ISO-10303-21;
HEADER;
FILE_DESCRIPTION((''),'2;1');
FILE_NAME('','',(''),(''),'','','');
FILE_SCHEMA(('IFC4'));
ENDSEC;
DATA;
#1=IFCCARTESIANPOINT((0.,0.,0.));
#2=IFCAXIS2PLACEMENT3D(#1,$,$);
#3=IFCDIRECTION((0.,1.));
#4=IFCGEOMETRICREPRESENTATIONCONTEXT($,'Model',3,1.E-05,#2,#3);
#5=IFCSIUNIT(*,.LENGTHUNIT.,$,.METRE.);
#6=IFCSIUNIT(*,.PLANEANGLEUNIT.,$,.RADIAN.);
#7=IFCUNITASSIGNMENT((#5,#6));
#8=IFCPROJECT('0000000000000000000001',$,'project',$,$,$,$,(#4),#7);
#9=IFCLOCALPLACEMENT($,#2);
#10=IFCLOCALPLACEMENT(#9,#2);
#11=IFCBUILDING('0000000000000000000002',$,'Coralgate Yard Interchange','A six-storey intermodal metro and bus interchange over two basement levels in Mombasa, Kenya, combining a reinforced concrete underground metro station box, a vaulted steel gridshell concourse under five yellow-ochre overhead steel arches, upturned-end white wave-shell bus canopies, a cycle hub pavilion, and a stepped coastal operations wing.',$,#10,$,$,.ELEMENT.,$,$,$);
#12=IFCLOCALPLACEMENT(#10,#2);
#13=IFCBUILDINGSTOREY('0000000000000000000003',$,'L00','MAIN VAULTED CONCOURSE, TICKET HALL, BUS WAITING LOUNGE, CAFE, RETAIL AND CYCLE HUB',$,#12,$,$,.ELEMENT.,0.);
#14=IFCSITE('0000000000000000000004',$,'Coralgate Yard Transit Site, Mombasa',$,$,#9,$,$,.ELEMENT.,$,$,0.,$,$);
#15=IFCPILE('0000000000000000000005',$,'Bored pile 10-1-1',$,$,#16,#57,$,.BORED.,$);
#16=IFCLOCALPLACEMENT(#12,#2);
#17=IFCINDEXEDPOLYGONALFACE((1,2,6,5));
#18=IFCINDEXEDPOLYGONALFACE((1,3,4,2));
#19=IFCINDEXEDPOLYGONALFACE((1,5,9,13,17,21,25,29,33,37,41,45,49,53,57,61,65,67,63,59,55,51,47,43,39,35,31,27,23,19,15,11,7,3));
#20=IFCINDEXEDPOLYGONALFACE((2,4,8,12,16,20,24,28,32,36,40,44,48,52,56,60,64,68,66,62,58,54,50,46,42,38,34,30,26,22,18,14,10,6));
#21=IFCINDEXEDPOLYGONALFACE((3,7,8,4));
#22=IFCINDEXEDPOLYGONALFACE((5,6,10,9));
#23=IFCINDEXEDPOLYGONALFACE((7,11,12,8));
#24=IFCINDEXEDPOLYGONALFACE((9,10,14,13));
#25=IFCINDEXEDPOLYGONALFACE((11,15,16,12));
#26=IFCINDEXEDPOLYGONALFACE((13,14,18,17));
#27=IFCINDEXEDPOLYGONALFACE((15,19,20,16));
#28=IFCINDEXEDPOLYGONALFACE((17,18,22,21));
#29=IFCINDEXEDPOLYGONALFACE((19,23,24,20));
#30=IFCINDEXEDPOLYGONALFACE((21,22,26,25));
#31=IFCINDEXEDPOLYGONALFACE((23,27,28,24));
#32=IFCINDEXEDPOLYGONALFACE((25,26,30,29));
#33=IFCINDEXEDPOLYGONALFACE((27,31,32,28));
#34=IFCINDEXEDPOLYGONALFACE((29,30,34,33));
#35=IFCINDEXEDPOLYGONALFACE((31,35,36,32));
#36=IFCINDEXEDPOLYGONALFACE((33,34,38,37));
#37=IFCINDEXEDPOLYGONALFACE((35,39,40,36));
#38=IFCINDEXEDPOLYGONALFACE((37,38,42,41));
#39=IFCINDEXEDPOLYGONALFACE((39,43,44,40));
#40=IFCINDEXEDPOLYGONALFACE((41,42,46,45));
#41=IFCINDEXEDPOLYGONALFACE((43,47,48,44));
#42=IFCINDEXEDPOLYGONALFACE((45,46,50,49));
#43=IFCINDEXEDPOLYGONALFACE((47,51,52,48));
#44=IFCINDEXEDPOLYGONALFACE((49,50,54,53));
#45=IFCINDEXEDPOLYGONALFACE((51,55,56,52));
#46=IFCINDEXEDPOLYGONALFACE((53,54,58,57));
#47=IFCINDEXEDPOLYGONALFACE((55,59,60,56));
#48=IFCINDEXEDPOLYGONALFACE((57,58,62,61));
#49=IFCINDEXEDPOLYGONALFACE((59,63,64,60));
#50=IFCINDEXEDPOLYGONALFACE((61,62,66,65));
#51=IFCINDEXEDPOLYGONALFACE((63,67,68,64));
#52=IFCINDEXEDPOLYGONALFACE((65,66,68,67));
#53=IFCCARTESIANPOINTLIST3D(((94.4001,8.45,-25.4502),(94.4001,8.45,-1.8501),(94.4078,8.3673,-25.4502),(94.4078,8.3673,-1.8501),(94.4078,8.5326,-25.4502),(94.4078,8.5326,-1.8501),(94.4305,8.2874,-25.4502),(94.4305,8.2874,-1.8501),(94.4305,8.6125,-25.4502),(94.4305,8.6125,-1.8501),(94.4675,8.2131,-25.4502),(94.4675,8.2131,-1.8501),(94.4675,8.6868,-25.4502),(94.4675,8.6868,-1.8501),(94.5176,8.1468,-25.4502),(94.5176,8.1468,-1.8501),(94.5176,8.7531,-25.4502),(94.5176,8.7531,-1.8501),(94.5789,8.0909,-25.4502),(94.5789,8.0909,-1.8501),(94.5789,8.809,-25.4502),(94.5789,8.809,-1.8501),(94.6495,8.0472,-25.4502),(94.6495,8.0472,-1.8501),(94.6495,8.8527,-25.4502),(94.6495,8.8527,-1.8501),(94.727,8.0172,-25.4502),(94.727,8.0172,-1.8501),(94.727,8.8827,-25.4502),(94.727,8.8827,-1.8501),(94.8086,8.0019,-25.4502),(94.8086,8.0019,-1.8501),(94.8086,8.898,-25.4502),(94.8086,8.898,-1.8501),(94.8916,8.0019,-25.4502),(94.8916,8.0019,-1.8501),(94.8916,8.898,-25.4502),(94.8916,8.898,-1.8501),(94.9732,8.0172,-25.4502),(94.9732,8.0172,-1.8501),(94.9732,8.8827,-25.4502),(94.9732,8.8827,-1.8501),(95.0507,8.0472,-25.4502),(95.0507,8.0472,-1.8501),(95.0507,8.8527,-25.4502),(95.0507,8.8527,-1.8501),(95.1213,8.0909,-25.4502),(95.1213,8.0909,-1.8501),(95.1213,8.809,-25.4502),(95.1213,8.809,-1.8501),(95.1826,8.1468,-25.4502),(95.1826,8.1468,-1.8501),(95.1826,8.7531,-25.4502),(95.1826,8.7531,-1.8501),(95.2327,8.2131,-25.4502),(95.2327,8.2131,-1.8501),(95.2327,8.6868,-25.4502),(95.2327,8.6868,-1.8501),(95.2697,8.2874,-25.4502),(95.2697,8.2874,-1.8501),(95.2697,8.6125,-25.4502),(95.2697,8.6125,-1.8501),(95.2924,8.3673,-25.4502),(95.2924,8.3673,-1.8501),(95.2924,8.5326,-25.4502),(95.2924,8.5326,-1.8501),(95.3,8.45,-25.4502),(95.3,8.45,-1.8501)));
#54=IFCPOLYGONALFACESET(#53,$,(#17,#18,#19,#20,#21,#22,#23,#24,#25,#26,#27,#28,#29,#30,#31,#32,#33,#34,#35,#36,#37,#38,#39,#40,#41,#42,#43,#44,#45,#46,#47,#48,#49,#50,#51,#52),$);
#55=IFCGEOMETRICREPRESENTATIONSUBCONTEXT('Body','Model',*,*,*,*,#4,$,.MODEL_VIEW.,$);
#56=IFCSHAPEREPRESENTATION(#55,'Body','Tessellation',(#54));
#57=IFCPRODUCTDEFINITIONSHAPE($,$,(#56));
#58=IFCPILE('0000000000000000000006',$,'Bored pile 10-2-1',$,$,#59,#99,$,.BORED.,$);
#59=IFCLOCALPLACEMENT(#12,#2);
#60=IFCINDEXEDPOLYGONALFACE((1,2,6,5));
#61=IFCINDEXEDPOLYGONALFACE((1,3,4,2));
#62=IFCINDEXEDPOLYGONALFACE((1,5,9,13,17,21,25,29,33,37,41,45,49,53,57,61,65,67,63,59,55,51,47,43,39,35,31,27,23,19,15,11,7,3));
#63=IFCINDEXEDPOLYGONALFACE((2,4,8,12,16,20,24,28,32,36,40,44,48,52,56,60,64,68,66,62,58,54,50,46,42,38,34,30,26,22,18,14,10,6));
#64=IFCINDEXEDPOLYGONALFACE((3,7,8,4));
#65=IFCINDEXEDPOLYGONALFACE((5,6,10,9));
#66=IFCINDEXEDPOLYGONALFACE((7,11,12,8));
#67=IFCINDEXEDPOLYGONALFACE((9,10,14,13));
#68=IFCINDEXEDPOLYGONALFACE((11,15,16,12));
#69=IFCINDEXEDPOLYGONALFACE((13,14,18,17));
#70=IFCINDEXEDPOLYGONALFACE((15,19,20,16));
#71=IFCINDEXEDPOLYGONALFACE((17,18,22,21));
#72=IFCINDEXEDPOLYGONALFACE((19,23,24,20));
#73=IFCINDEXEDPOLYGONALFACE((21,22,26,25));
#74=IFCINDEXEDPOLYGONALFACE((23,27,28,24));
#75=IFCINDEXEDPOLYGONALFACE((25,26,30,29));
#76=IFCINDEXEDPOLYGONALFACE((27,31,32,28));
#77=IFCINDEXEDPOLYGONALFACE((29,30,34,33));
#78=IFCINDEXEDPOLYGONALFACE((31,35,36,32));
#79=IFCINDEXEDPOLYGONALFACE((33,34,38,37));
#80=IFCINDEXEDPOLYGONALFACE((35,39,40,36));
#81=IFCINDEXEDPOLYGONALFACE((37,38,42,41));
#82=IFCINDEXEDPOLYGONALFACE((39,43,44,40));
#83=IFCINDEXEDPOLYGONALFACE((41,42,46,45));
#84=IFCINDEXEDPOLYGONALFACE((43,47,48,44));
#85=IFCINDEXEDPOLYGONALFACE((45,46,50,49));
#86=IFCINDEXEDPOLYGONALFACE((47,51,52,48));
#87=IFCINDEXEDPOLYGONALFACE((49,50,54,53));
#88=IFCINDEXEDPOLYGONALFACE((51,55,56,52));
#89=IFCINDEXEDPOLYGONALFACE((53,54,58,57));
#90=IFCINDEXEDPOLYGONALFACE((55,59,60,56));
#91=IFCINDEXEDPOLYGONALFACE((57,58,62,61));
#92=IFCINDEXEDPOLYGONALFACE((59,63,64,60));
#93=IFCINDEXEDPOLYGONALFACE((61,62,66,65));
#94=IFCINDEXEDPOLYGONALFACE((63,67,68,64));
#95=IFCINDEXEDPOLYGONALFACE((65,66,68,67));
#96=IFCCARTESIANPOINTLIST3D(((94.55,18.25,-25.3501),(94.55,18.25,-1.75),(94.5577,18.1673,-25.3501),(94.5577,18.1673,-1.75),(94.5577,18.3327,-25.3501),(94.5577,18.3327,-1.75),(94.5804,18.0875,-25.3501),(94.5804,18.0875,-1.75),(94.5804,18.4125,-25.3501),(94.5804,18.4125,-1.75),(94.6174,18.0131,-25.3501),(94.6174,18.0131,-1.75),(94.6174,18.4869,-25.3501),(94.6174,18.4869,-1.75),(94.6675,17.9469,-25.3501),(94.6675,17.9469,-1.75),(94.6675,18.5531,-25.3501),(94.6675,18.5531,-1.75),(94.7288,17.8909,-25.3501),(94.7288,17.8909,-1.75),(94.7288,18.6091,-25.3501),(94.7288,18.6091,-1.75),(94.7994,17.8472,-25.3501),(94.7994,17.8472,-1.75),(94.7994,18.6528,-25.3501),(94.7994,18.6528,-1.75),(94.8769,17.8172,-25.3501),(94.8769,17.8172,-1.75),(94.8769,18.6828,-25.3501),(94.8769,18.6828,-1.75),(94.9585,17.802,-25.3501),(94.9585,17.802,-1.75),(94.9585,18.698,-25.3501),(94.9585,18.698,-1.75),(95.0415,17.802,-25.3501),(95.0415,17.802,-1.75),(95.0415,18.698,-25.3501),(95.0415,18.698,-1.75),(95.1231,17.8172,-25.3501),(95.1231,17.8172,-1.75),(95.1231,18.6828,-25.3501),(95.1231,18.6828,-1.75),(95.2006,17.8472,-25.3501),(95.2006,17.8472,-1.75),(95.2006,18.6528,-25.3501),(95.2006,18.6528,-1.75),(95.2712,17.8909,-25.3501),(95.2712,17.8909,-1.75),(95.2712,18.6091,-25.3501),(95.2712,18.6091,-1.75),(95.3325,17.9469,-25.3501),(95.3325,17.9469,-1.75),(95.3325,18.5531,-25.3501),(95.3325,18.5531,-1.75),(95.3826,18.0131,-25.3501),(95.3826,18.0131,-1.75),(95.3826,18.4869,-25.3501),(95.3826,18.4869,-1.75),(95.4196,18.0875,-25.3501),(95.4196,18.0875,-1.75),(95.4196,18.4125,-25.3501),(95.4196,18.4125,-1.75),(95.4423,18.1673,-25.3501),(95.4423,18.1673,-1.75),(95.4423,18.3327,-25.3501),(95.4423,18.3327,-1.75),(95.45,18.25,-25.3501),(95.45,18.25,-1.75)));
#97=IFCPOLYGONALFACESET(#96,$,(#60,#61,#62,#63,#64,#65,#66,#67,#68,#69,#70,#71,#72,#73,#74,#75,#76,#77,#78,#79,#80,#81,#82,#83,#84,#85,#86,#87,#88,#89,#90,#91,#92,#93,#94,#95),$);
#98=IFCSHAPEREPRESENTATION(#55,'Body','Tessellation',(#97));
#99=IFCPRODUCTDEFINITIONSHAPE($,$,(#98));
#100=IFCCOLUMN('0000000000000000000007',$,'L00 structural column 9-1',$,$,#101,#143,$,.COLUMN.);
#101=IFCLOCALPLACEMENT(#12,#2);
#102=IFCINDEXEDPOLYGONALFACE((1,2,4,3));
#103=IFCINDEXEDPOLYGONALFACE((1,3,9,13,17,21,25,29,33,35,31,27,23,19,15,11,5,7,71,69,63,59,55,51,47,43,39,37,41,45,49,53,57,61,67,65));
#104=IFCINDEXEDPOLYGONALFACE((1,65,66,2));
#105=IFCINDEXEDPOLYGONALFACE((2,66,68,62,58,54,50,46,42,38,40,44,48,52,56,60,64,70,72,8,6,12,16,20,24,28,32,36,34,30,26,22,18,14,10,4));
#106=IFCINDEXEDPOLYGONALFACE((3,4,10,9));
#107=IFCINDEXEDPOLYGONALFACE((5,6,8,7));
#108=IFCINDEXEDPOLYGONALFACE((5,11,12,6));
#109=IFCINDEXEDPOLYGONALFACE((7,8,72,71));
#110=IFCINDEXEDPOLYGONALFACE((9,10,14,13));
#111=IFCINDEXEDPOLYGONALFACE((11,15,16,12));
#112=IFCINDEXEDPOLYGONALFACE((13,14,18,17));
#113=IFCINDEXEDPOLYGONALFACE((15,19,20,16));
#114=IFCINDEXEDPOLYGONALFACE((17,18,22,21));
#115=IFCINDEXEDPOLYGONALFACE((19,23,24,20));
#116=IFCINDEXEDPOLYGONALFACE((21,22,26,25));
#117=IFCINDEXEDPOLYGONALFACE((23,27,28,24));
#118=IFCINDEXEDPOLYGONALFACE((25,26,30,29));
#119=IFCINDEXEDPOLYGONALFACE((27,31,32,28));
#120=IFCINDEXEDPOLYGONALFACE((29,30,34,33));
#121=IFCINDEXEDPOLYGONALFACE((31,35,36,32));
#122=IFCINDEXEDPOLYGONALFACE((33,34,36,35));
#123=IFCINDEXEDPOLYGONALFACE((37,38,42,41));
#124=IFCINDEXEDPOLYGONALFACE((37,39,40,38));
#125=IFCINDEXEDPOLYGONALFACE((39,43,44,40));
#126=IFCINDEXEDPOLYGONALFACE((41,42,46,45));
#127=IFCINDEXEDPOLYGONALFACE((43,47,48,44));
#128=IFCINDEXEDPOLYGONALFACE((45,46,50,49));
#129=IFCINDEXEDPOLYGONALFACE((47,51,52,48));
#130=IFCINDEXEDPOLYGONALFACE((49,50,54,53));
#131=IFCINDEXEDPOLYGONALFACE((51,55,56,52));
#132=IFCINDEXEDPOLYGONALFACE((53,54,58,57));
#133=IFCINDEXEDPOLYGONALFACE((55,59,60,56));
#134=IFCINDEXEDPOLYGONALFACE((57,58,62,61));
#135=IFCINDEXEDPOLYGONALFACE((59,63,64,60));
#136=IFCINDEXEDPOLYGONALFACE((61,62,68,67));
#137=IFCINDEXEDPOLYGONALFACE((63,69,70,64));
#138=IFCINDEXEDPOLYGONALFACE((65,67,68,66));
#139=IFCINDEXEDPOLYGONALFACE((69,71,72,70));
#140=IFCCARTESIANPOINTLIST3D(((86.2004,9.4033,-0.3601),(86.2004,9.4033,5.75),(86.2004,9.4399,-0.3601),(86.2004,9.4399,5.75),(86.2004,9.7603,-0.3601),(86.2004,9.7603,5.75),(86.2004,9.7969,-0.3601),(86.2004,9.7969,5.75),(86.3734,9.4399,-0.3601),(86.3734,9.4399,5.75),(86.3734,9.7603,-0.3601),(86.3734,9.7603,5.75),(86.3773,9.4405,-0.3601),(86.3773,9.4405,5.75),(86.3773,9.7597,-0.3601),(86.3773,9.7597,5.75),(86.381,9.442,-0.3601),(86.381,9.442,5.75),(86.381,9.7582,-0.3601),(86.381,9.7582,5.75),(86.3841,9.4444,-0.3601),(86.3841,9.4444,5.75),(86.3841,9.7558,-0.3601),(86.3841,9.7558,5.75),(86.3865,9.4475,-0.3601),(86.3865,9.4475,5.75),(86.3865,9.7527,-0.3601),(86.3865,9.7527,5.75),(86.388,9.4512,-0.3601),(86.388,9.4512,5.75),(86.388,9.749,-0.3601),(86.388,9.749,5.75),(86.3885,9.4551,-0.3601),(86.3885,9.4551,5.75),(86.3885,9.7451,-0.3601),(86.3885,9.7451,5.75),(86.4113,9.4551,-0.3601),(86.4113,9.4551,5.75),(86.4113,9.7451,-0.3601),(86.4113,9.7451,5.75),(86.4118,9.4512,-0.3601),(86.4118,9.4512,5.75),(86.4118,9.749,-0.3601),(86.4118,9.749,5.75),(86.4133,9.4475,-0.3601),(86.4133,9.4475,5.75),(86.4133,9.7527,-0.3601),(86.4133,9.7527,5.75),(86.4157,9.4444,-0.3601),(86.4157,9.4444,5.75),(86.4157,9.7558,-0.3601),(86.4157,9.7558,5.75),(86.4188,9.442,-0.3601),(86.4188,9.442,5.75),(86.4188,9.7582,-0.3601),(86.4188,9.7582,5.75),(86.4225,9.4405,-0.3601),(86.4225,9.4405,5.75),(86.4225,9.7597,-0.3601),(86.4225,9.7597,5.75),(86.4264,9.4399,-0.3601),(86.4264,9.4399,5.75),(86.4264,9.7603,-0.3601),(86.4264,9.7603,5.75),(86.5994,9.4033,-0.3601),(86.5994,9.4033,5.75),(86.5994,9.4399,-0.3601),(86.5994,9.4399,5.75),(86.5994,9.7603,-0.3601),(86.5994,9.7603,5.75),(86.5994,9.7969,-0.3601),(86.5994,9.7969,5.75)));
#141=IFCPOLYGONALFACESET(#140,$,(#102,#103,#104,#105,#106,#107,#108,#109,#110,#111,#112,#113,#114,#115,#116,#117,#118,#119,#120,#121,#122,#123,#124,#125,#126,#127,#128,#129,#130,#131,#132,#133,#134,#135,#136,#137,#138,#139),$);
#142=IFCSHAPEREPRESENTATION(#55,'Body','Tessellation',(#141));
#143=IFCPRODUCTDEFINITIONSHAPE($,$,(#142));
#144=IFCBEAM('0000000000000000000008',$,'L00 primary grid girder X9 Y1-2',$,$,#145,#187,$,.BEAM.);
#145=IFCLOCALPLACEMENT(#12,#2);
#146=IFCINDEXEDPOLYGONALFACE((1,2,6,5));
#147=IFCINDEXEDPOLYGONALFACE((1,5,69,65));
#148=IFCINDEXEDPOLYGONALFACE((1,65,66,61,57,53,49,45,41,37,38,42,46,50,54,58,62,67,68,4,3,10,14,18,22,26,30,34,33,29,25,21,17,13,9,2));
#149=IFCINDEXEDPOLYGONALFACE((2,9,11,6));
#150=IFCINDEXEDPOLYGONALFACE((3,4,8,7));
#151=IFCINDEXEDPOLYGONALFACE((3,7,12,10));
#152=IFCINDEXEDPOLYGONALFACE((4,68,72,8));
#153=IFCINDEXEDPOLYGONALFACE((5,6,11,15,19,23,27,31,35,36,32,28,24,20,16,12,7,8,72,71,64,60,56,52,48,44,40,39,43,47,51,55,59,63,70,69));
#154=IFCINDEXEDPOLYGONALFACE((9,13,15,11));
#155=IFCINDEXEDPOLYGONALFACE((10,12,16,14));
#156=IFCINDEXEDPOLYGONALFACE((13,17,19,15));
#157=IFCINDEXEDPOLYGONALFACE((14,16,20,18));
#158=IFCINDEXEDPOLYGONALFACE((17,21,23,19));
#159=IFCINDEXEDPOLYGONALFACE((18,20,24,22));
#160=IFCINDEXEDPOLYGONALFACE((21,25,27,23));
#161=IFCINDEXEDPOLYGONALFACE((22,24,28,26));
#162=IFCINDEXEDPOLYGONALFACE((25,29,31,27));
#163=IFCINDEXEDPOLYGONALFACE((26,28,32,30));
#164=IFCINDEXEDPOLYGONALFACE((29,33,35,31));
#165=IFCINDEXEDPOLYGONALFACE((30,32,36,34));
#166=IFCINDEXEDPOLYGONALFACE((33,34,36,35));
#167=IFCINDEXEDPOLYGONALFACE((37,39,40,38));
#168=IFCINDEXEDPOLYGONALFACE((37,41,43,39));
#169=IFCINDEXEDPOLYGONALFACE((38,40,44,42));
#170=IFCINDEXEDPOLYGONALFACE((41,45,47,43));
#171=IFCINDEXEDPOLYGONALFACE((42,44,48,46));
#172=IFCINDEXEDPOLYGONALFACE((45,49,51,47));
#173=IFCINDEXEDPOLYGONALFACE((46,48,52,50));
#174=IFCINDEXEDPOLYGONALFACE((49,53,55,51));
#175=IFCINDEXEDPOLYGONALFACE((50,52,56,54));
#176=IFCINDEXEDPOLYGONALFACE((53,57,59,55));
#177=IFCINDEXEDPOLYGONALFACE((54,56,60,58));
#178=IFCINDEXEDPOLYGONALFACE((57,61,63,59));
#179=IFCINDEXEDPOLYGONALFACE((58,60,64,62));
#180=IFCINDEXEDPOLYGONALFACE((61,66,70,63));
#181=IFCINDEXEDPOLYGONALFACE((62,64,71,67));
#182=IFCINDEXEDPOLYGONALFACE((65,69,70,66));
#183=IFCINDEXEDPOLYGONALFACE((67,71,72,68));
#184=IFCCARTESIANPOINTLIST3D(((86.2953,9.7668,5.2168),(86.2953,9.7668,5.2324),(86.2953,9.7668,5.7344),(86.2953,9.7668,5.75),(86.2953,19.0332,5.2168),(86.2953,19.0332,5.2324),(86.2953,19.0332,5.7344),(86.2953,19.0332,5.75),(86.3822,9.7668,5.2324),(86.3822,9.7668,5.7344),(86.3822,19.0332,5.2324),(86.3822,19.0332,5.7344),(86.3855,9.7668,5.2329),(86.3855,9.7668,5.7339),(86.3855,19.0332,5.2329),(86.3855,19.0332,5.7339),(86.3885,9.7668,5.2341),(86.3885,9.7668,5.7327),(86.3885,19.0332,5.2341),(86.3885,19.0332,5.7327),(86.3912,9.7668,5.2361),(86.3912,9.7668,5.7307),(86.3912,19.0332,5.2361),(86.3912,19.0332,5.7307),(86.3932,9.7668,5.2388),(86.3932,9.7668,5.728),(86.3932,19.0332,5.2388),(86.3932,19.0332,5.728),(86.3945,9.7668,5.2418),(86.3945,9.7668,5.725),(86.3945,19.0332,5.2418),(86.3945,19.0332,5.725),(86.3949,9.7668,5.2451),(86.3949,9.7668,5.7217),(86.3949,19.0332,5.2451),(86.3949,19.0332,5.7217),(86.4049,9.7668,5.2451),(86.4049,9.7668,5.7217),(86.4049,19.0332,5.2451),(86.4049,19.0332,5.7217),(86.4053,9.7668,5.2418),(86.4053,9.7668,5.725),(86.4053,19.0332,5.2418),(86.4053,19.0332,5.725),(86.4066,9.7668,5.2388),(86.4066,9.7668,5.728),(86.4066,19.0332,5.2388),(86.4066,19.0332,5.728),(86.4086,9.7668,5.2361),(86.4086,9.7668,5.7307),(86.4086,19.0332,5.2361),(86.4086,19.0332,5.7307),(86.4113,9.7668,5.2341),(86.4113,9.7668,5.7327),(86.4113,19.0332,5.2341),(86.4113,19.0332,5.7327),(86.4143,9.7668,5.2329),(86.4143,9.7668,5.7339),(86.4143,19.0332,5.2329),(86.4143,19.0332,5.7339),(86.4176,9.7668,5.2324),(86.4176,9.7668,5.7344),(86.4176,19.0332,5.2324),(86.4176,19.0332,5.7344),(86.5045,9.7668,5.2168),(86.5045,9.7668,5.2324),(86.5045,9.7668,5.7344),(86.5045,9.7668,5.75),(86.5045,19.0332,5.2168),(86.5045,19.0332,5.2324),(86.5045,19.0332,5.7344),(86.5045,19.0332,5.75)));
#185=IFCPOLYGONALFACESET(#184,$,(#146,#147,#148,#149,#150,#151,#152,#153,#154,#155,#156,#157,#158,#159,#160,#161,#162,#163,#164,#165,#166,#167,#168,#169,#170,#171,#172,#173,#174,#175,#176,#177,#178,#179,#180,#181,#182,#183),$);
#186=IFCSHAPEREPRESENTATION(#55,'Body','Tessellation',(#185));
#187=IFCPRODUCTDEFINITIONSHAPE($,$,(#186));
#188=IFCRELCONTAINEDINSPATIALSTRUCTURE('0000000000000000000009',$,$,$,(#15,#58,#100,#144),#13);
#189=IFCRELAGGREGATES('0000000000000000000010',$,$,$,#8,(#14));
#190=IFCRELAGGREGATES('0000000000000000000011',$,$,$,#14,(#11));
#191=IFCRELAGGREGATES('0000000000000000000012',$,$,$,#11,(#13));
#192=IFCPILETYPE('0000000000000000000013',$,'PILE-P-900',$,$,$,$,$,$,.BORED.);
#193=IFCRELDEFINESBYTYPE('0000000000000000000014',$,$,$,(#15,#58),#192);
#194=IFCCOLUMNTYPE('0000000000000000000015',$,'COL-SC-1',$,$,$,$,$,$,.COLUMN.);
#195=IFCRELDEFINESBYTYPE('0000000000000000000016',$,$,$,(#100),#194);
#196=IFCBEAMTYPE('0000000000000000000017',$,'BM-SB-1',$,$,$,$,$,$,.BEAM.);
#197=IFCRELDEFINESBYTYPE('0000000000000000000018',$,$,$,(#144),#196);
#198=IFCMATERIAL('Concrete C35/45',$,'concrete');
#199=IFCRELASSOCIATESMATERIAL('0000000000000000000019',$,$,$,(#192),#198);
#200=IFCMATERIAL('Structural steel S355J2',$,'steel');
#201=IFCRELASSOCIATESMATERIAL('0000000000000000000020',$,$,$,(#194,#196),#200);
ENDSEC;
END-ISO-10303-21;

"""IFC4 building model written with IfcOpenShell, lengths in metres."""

from ifc_helpers import new_model, si_unit, direction, frame, origin, origin_2d, place, context, subcontext, project, spatial, circle, i_section, extrude, material, material_profile, profile_set, type_object, element, save


model = new_model("IFC4")

# Units and contexts
model_context = context("Model", 3, precision=1e-05, world=origin(), true_north=direction((0.0, 1.0)))
body_context = subcontext(model_context, "Body", "Model", "MODEL_VIEW")
ifc_project = project(units=[si_unit("LENGTHUNIT", "METRE"), si_unit("PLANEANGLEUNIT", "RADIAN")], contexts=[model_context])

# Site, building, storey
site_placement = place(None, origin())
site = spatial("IfcSite", under=ifc_project, at=site_placement, Name="Coralgate Yard Transit Site, Mombasa", CompositionType="ELEMENT", RefElevation=0.0)
building_placement = place(site_placement, origin())
building = spatial("IfcBuilding", under=site, at=building_placement, Name="Coralgate Yard Interchange", Description="A six-storey intermodal metro and bus interchange over two basement levels in Mombasa, Kenya, combining a reinforced concrete underground metro station box, a vaulted steel gridshell concourse under five yellow-ochre overhead steel arches, upturned-end white wave-shell bus canopies, a cycle hub pavilion, and a stepped coastal operations wing.", CompositionType="ELEMENT")
storey_placement = place(building_placement, origin())
storey = spatial("IfcBuildingStorey", under=building, at=storey_placement, Name="L00", Description="MAIN VAULTED CONCOURSE, TICKET HALL, BUS WAITING LOUNGE, CAFE, RETAIL AND CYCLE HUB", CompositionType="ELEMENT", Elevation=0.0)

# Piles
ifc_material_1 = material(Name="Concrete C35/45", Category="concrete")
ifc_material_profile_1 = material_profile(ifc_material_1, circle(Radius=0.45, at=origin_2d()), Name="BORED PILE D900")
ifc_profile_set_1 = profile_set([ifc_material_profile_1], Name="Concrete C35/45")
pile_type = type_object("IfcPileType", Name="PILE-P-900", PredefinedType="BORED", material=ifc_profile_set_1)
for number, where, z_axis, x_axis, name in (
    (1, (94.8501, 8.45, -1.8501), (0.0, 0.0, -1.0), (1.0, 0.0, 0.0), "Bored pile 10-1-1"),
    (2, (95.0, 18.25, -1.75), (0.0, 0.0, -1.0), (1.0, 0.0, 0.0), "Bored pile 10-2-1"),
):
    element("IfcPile", number, at=place(storey_placement, frame(where, z_axis=z_axis, x_axis=x_axis)), inside=storey, type_object=pile_type, Name=name, PredefinedType="BORED", context=body_context, shape_type="SweptSolid", body=[
        extrude(circle(Radius=0.45, at=origin_2d()), origin(), (0.0, 0.0, 1.0), 23.6001),
    ])

# Column
ifc_material_2 = material(Name="Structural steel S355J2", Category="steel")
ifc_material_profile_2 = material_profile(ifc_material_2, i_section(OverallWidth=0.3989, OverallDepth=0.3936, WebThickness=0.0227, FlangeThickness=0.0366, FilletRadius=0.0151, at=origin_2d()), Name="UC 356x406x287")
ifc_profile_set_2 = profile_set([ifc_material_profile_2], Name="Structural steel S355J2")
column_type = type_object("IfcColumnType", Name="COL-SC-1", PredefinedType="COLUMN", material=ifc_profile_set_2)
column_placement = place(storey_placement, frame((86.3999, 9.6001, -0.3601), z_axis=(0.0, 0.0, 1.0), x_axis=(1.0, 0.0, 0.0)))
element("IfcColumn", 3, at=column_placement, inside=storey, type_object=column_type, Name="L00 structural column 9-1", PredefinedType="COLUMN", context=body_context, shape_type="SweptSolid", body=[
    extrude(i_section(OverallWidth=0.3989, OverallDepth=0.3936, WebThickness=0.0227, FlangeThickness=0.0366, FilletRadius=0.0151, at=origin_2d()), origin(), (0.0, 0.0, 1.0), 6.1101),
])

# Beam
ifc_material_profile_3 = material_profile(ifc_material_2, i_section(OverallWidth=0.2092, OverallDepth=0.5332, WebThickness=0.01, FlangeThickness=0.0156, FilletRadius=0.0127, at=origin_2d()), Name="UB 533x210x92")
ifc_profile_set_3 = profile_set([ifc_material_profile_3], Name="Structural steel S355J2")
beam_type_1 = type_object("IfcBeamType", Name="BM-SB-1", PredefinedType="BEAM", material=ifc_profile_set_3)
beam_1_placement = place(storey_placement, frame((86.3999, 9.7668, 5.4834), z_axis=(0.0, 1.0, 0.0), x_axis=(-1.0, 0.0, 0.0)))
element("IfcBeam", 4, at=beam_1_placement, inside=storey, type_object=beam_type_1, Name="L00 primary grid girder X9 Y1-2", PredefinedType="BEAM", context=body_context, shape_type="SweptSolid", body=[
    extrude(i_section(OverallWidth=0.2092, OverallDepth=0.5332, WebThickness=0.01, FlangeThickness=0.0156, FilletRadius=0.0127, at=origin_2d()), origin(), (0.0, 0.0, 1.0), 9.2664),
])

save(model, "model.ifc")
